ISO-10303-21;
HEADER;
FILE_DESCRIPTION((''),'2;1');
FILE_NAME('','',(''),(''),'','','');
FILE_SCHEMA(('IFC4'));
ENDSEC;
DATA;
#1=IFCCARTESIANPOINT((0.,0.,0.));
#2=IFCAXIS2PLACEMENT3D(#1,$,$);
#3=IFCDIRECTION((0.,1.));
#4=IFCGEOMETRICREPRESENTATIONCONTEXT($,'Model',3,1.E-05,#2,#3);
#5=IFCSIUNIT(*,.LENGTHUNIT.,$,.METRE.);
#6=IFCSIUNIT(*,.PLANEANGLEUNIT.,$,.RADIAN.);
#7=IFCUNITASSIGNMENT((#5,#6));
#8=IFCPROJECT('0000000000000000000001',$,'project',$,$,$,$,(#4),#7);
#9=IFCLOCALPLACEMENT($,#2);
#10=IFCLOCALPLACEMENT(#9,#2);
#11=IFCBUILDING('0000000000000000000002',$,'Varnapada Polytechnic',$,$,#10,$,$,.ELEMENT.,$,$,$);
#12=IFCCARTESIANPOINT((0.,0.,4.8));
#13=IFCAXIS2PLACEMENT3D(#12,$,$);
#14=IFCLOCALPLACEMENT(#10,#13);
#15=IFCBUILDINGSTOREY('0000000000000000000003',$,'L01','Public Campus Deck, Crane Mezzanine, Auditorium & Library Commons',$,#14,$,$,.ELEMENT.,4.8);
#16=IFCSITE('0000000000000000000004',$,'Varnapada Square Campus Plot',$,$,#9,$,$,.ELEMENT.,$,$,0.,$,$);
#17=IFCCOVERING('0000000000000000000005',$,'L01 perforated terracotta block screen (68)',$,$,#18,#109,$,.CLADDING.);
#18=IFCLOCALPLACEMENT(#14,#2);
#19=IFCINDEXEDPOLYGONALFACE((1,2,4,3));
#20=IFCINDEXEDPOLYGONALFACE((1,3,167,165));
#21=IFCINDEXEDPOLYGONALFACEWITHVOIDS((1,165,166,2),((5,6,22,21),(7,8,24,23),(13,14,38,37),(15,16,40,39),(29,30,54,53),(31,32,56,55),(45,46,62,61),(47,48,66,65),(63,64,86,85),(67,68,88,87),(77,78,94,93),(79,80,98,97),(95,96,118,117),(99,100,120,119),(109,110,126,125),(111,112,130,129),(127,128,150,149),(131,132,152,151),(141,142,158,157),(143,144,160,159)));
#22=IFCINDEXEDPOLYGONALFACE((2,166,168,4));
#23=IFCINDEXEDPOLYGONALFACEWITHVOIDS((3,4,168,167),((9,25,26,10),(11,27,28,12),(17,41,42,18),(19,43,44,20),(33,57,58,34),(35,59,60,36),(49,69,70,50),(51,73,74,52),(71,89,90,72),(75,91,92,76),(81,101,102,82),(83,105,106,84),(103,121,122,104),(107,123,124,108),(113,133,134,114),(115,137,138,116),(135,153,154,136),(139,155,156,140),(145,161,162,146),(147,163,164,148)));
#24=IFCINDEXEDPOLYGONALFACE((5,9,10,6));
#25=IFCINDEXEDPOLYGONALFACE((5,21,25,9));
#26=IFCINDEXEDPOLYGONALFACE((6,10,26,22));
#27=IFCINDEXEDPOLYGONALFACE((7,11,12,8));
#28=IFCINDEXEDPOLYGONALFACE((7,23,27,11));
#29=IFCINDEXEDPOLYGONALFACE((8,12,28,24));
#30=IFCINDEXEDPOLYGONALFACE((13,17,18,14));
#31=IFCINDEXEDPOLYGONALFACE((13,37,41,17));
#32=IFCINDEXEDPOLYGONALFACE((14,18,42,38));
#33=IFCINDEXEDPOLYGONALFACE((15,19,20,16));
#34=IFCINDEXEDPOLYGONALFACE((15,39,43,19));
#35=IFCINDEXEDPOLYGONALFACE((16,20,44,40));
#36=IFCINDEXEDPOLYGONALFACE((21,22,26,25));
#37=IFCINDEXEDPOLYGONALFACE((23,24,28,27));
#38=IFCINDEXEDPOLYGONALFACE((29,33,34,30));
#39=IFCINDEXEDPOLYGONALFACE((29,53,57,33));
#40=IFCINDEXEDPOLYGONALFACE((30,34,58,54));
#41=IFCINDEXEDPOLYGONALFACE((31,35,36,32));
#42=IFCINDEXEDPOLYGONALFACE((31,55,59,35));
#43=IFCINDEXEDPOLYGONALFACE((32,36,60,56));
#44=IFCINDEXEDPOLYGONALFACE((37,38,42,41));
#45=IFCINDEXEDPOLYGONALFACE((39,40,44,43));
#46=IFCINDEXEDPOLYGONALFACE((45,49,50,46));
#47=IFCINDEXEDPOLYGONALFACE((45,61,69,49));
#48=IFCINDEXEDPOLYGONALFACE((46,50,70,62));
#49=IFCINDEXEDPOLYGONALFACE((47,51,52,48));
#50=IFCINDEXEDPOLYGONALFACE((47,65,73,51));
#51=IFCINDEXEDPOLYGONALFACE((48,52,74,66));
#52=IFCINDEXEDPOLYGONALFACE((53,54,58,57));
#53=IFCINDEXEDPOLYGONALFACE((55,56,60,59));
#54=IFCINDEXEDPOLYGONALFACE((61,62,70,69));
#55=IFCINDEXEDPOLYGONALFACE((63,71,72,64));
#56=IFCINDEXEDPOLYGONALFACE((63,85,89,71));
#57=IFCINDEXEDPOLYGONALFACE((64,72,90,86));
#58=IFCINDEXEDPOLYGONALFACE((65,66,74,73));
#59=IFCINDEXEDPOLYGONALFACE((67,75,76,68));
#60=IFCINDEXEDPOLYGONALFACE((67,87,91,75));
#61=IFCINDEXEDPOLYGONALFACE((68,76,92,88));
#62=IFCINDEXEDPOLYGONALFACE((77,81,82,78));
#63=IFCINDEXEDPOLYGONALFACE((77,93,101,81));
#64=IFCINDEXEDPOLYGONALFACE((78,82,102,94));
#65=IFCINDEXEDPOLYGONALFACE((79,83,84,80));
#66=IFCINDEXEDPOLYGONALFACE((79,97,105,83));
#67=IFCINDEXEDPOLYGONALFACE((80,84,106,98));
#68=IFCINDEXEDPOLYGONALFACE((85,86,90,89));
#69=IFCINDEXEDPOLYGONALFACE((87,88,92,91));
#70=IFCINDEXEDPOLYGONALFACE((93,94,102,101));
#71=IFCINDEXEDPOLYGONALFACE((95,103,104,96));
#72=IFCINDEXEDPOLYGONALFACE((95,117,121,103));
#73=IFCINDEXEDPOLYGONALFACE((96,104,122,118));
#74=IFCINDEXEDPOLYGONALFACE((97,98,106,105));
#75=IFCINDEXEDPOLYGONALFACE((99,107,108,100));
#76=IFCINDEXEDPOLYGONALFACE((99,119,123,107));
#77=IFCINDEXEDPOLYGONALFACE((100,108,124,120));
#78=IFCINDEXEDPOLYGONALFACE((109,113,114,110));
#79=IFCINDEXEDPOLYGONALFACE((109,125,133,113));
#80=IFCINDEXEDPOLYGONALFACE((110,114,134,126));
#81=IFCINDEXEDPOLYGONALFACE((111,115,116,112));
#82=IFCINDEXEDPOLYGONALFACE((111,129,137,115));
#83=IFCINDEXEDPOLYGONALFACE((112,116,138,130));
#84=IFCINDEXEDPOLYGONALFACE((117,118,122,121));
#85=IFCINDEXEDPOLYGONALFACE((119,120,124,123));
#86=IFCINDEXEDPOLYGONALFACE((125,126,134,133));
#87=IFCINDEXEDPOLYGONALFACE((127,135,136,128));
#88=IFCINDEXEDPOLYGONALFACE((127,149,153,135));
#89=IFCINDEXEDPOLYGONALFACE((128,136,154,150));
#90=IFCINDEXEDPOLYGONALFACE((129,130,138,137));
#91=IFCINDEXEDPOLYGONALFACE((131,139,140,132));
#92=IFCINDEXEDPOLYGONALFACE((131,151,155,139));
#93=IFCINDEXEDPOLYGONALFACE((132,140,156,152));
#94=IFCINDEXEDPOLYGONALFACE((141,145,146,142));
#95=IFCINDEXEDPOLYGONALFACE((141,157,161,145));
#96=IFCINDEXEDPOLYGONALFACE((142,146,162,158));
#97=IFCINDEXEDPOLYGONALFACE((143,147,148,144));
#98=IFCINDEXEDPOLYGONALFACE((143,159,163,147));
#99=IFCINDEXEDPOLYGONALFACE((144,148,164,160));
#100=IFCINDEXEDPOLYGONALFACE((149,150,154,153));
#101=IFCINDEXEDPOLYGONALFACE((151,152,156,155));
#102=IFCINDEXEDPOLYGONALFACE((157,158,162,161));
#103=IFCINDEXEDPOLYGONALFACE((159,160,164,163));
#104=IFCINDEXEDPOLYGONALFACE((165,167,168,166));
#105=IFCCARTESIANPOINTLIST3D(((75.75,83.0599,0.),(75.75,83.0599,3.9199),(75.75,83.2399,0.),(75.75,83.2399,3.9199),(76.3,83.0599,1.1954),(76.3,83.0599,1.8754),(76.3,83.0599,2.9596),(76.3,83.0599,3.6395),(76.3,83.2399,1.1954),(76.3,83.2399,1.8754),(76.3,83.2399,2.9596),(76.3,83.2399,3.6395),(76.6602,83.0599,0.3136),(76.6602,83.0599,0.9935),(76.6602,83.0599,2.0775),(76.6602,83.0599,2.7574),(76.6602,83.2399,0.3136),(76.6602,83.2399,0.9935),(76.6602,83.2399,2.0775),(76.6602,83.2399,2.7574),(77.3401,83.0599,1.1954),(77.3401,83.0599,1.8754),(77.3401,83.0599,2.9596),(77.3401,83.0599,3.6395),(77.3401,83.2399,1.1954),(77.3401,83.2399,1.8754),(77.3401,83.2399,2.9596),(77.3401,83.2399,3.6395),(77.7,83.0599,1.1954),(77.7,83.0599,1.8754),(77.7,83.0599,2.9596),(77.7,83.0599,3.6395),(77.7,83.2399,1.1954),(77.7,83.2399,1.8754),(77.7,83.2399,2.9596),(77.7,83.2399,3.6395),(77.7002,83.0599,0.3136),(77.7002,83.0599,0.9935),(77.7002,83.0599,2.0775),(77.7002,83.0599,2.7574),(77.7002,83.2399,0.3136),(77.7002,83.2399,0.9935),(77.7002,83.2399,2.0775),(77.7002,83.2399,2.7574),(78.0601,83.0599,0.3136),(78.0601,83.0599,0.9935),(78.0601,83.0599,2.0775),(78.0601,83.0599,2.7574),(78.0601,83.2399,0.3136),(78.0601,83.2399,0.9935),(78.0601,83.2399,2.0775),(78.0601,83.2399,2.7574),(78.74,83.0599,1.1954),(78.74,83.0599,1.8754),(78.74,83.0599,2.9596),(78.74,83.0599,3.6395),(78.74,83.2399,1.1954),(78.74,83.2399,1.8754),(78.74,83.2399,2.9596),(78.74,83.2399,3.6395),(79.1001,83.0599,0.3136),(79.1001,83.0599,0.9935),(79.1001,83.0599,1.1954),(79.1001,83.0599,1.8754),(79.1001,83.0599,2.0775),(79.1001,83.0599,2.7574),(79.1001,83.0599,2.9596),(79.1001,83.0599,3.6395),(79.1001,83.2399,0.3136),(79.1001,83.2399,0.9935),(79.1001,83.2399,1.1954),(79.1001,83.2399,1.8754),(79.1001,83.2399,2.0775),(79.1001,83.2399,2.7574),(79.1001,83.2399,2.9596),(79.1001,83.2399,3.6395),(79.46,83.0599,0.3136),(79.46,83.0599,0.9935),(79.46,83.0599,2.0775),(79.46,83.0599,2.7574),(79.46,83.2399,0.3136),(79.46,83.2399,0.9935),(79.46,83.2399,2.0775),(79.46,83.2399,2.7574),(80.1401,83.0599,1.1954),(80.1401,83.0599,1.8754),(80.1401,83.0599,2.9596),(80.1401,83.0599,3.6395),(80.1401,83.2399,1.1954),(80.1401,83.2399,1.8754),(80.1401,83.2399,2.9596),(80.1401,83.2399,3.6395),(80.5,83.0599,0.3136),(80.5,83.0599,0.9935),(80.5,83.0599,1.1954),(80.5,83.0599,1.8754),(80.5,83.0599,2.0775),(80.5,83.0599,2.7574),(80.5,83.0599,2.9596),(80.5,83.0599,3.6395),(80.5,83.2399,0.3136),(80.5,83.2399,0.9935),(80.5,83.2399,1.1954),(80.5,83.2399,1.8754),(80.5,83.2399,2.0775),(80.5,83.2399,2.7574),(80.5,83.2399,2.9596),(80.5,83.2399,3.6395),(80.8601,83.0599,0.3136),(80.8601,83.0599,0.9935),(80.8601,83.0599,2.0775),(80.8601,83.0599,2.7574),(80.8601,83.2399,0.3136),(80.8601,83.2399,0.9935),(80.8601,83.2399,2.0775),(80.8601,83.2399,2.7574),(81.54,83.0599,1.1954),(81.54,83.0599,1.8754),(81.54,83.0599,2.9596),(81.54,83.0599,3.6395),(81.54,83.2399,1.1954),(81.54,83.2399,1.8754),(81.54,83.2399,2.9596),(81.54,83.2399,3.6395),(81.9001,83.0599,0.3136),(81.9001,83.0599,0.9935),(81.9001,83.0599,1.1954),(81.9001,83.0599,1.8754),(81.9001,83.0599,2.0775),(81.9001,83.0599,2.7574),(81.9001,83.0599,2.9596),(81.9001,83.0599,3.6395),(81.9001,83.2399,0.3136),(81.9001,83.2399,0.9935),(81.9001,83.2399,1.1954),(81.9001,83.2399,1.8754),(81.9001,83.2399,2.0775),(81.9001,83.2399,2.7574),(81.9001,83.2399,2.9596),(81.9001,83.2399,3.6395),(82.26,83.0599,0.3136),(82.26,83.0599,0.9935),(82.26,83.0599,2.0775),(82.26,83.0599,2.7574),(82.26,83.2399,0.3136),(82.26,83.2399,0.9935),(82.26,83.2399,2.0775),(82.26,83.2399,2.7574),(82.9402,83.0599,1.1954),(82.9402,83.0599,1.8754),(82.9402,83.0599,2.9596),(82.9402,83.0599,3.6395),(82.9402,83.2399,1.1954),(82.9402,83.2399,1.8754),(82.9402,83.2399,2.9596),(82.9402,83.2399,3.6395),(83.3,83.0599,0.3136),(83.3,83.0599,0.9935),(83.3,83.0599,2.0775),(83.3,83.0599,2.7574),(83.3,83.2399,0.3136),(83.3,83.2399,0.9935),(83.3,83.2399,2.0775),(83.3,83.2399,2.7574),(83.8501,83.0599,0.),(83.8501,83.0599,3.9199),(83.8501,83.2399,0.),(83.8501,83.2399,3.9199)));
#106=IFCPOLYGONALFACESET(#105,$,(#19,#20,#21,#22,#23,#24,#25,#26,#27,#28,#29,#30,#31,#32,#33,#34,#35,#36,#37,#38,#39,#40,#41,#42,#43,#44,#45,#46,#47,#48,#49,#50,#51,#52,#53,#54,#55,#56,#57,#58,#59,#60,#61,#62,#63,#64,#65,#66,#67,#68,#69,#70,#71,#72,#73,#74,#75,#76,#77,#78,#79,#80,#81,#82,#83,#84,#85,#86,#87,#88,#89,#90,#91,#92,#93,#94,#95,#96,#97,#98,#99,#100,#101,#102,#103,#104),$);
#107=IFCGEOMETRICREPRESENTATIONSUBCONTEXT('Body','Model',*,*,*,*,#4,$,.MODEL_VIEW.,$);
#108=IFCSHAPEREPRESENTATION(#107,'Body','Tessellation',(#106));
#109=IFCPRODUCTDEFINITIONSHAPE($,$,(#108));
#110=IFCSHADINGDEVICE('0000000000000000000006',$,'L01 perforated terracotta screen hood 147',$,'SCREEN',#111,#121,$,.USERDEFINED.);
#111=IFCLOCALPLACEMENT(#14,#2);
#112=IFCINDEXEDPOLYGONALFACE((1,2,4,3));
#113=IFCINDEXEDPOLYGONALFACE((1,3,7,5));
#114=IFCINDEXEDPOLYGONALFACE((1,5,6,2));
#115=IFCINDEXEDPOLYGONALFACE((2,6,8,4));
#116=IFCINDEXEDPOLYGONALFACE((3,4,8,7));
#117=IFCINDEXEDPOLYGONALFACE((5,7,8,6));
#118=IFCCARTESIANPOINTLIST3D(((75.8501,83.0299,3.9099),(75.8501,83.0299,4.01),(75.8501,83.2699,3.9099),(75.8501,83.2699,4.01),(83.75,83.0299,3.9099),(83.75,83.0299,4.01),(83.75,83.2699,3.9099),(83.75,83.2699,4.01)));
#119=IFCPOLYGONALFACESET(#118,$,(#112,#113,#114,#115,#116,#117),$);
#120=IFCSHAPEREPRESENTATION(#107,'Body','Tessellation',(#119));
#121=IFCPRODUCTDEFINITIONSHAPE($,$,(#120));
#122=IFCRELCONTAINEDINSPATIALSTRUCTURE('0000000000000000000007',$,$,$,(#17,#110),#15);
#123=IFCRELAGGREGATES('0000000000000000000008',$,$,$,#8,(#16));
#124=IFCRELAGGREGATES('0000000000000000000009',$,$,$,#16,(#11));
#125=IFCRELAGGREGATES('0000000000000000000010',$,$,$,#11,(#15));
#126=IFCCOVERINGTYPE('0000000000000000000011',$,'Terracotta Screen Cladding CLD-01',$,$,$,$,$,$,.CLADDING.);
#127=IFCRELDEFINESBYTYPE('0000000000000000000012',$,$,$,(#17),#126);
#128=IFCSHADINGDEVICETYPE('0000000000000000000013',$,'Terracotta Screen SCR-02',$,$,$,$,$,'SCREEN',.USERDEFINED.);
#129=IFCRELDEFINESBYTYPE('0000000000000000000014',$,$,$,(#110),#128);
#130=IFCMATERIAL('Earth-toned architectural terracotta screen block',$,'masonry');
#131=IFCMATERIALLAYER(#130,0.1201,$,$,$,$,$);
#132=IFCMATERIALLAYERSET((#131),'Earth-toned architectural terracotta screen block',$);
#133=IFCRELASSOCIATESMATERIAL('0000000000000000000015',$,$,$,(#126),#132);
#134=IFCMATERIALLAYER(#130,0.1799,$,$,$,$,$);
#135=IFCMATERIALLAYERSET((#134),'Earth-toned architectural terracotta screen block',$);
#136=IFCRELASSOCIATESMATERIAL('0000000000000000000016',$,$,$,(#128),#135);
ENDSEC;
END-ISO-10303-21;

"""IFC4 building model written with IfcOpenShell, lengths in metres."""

from ifc_helpers import new_model, si_unit, direction, frame, frame_2d, origin, origin_2d, place, context, subcontext, project, spatial, rectangle, extrude, material, layer, layer_set, type_object, element, save


model = new_model("IFC4")

# Units and contexts
model_context = context("Model", 3, precision=1e-05, world=origin(), true_north=direction((0.0, 1.0)))
body_context = subcontext(model_context, "Body", "Model", "MODEL_VIEW")
ifc_project = project(units=[si_unit("LENGTHUNIT", "METRE"), si_unit("PLANEANGLEUNIT", "RADIAN")], contexts=[model_context])

# Site, building, storey
site_placement = place(None, origin())
site = spatial("IfcSite", under=ifc_project, at=site_placement, Name="Varnapada Square Campus Plot", CompositionType="ELEMENT", RefElevation=0.0)
building_placement = place(site_placement, origin())
building = spatial("IfcBuilding", under=site, at=building_placement, Name="Varnapada Polytechnic", CompositionType="ELEMENT")
storey_placement = place(building_placement, frame((0.0, 0.0, 4.8)))
storey = spatial("IfcBuildingStorey", under=building, at=storey_placement, Name="L01", Description="Public Campus Deck, Crane Mezzanine, Auditorium & Library Commons", CompositionType="ELEMENT", Elevation=4.8)

# Covering, openings
ifc_material_1 = material(Name="Earth-toned architectural terracotta screen block", Category="masonry")
ifc_layer_1 = layer(ifc_material_1, 0.1201)
ifc_layer_set_1 = layer_set([ifc_layer_1], Name="Earth-toned architectural terracotta screen block")
covering_type = type_object("IfcCoveringType", Name="Terracotta Screen Cladding CLD-01", PredefinedType="CLADDING", material=ifc_layer_set_1)
covering_placement = place(storey_placement, frame((83.8501, 83.1499, 0.0), z_axis=(0.0, 0.0, 1.0), x_axis=(-1.0, 0.0, 0.0)))
covering = element("IfcCovering", 1, at=covering_placement, inside=storey, type_object=covering_type, Name="L01 perforated terracotta block screen (68)", PredefinedType="CLADDING", context=body_context, shape_type="SweptSolid", body=[
    extrude(rectangle(XDim=8.1001, YDim=0.1799, at=frame_2d((4.05, 0.0))), origin(), (0.0, 0.0, 1.0), 3.9199),
])
opening_1_placement = place(covering_placement, frame((0.55, 0.0, 0.3137)))
element("IfcOpeningElement", 2, at=opening_1_placement, cuts=covering, PredefinedType="OPENING", context=body_context, shape_type="SweptSolid", body=[
    extrude(rectangle(XDim=1.04, YDim=0.6799, at=frame_2d((0.52, 0.3398))), frame((0.0, 0.0999, 0.0), z_axis=(0.0, -1.0, 0.0), x_axis=(1.0, 0.0, 0.0)), (0.0, 0.0, 1.0), 0.2),
])
opening_2_placement = place(covering_placement, frame((1.95, 0.0, 0.3137)))
element("IfcOpeningElement", 3, at=opening_2_placement, cuts=covering, PredefinedType="OPENING", context=body_context, shape_type="SweptSolid", body=[
    extrude(rectangle(XDim=1.04, YDim=0.6799, at=frame_2d((0.52, 0.3398))), frame((0.0, 0.0999, 0.0), z_axis=(0.0, -1.0, 0.0), x_axis=(1.0, 0.0, 0.0)), (0.0, 0.0, 1.0), 0.2),
])
opening_3_placement = place(covering_placement, frame((3.3501, 0.0, 0.3137)))
element("IfcOpeningElement", 4, at=opening_3_placement, cuts=covering, PredefinedType="OPENING", context=body_context, shape_type="SweptSolid", body=[
    extrude(rectangle(XDim=1.04, YDim=0.6799, at=frame_2d((0.52, 0.3398))), frame((0.0, 0.0999, 0.0), z_axis=(0.0, -1.0, 0.0), x_axis=(1.0, 0.0, 0.0)), (0.0, 0.0, 1.0), 0.2),
])
opening_4_placement = place(covering_placement, frame((4.75, 0.0, 0.3137)))
element("IfcOpeningElement", 5, at=opening_4_placement, cuts=covering, PredefinedType="OPENING", context=body_context, shape_type="SweptSolid", body=[
    extrude(rectangle(XDim=1.04, YDim=0.6799, at=frame_2d((0.52, 0.3398))), frame((0.0, 0.0999, 0.0), z_axis=(0.0, -1.0, 0.0), x_axis=(1.0, 0.0, 0.0)), (0.0, 0.0, 1.0), 0.2),
])
opening_5_placement = place(covering_placement, frame((6.1499, 0.0, 0.3137)))
element("IfcOpeningElement", 6, at=opening_5_placement, cuts=covering, PredefinedType="OPENING", context=body_context, shape_type="SweptSolid", body=[
    extrude(rectangle(XDim=1.04, YDim=0.6799, at=frame_2d((0.52, 0.3398))), frame((0.0, 0.0999, 0.0), z_axis=(0.0, -1.0, 0.0), x_axis=(1.0, 0.0, 0.0)), (0.0, 0.0, 1.0), 0.2),
])
opening_6_placement = place(covering_placement, frame((0.9099, 0.0, 1.1956)))
element("IfcOpeningElement", 7, at=opening_6_placement, cuts=covering, PredefinedType="OPENING", context=body_context, shape_type="SweptSolid", body=[
    extrude(rectangle(XDim=1.04, YDim=0.6799, at=frame_2d((0.52, 0.3398))), frame((0.0, 0.0999, 0.0), z_axis=(0.0, -1.0, 0.0), x_axis=(1.0, 0.0, 0.0)), (0.0, 0.0, 1.0), 0.2),
])
opening_7_placement = place(covering_placement, frame((2.3101, 0.0, 1.1956)))
element("IfcOpeningElement", 8, at=opening_7_placement, cuts=covering, PredefinedType="OPENING", context=body_context, shape_type="SweptSolid", body=[
    extrude(rectangle(XDim=1.04, YDim=0.6799, at=frame_2d((0.52, 0.3398))), frame((0.0, 0.0999, 0.0), z_axis=(0.0, -1.0, 0.0), x_axis=(1.0, 0.0, 0.0)), (0.0, 0.0, 1.0), 0.2),
])
opening_8_placement = place(covering_placement, frame((3.71, 0.0, 1.1956)))
element("IfcOpeningElement", 9, at=opening_8_placement, cuts=covering, PredefinedType="OPENING", context=body_context, shape_type="SweptSolid", body=[
    extrude(rectangle(XDim=1.04, YDim=0.6799, at=frame_2d((0.52, 0.3398))), frame((0.0, 0.0999, 0.0), z_axis=(0.0, -1.0, 0.0), x_axis=(1.0, 0.0, 0.0)), (0.0, 0.0, 1.0), 0.2),
])
opening_9_placement = place(covering_placement, frame((5.1101, 0.0, 1.1956)))
element("IfcOpeningElement", 10, at=opening_9_placement, cuts=covering, PredefinedType="OPENING", context=body_context, shape_type="SweptSolid", body=[
    extrude(rectangle(XDim=1.04, YDim=0.6799, at=frame_2d((0.52, 0.3398))), frame((0.0, 0.0999, 0.0), z_axis=(0.0, -1.0, 0.0), x_axis=(1.0, 0.0, 0.0)), (0.0, 0.0, 1.0), 0.2),
])
opening_10_placement = place(covering_placement, frame((6.51, 0.0, 1.1956)))
element("IfcOpeningElement", 11, at=opening_10_placement, cuts=covering, PredefinedType="OPENING", context=body_context, shape_type="SweptSolid", body=[
    extrude(rectangle(XDim=1.04, YDim=0.6799, at=frame_2d((0.52, 0.3398))), frame((0.0, 0.0999, 0.0), z_axis=(0.0, -1.0, 0.0), x_axis=(1.0, 0.0, 0.0)), (0.0, 0.0, 1.0), 0.2),
])
opening_11_placement = place(covering_placement, frame((0.55, 0.0, 2.0776)))
element("IfcOpeningElement", 12, at=opening_11_placement, cuts=covering, PredefinedType="OPENING", context=body_context, shape_type="SweptSolid", body=[
    extrude(rectangle(XDim=1.04, YDim=0.6799, at=frame_2d((0.52, 0.3398))), frame((0.0, 0.0999, 0.0), z_axis=(0.0, -1.0, 0.0), x_axis=(1.0, 0.0, 0.0)), (0.0, 0.0, 1.0), 0.2),
])
opening_12_placement = place(covering_placement, frame((1.95, 0.0, 2.0776)))
element("IfcOpeningElement", 13, at=opening_12_placement, cuts=covering, PredefinedType="OPENING", context=body_context, shape_type="SweptSolid", body=[
    extrude(rectangle(XDim=1.04, YDim=0.6799, at=frame_2d((0.52, 0.3398))), frame((0.0, 0.0999, 0.0), z_axis=(0.0, -1.0, 0.0), x_axis=(1.0, 0.0, 0.0)), (0.0, 0.0, 1.0), 0.2),
])
opening_13_placement = place(covering_placement, frame((3.3501, 0.0, 2.0776)))
element("IfcOpeningElement", 14, at=opening_13_placement, cuts=covering, PredefinedType="OPENING", context=body_context, shape_type="SweptSolid", body=[
    extrude(rectangle(XDim=1.04, YDim=0.6799, at=frame_2d((0.52, 0.3398))), frame((0.0, 0.0999, 0.0), z_axis=(0.0, -1.0, 0.0), x_axis=(1.0, 0.0, 0.0)), (0.0, 0.0, 1.0), 0.2),
])
opening_14_placement = place(covering_placement, frame((4.75, 0.0, 2.0776)))
element("IfcOpeningElement", 15, at=opening_14_placement, cuts=covering, PredefinedType="OPENING", context=body_context, shape_type="SweptSolid", body=[
    extrude(rectangle(XDim=1.04, YDim=0.6799, at=frame_2d((0.52, 0.3398))), frame((0.0, 0.0999, 0.0), z_axis=(0.0, -1.0, 0.0), x_axis=(1.0, 0.0, 0.0)), (0.0, 0.0, 1.0), 0.2),
])
opening_15_placement = place(covering_placement, frame((6.1499, 0.0, 2.0776)))
element("IfcOpeningElement", 16, at=opening_15_placement, cuts=covering, PredefinedType="OPENING", context=body_context, shape_type="SweptSolid", body=[
    extrude(rectangle(XDim=1.04, YDim=0.6799, at=frame_2d((0.52, 0.3398))), frame((0.0, 0.0999, 0.0), z_axis=(0.0, -1.0, 0.0), x_axis=(1.0, 0.0, 0.0)), (0.0, 0.0, 1.0), 0.2),
])
opening_16_placement = place(covering_placement, frame((0.9099, 0.0, 2.9597)))
element("IfcOpeningElement", 17, at=opening_16_placement, cuts=covering, PredefinedType="OPENING", context=body_context, shape_type="SweptSolid", body=[
    extrude(rectangle(XDim=1.04, YDim=0.6799, at=frame_2d((0.52, 0.3398))), frame((0.0, 0.0999, 0.0), z_axis=(0.0, -1.0, 0.0), x_axis=(1.0, 0.0, 0.0)), (0.0, 0.0, 1.0), 0.2),
])
opening_17_placement = place(covering_placement, frame((2.3101, 0.0, 2.9597)))
element("IfcOpeningElement", 18, at=opening_17_placement, cuts=covering, PredefinedType="OPENING", context=body_context, shape_type="SweptSolid", body=[
    extrude(rectangle(XDim=1.04, YDim=0.6799, at=frame_2d((0.52, 0.3398))), frame((0.0, 0.0999, 0.0), z_axis=(0.0, -1.0, 0.0), x_axis=(1.0, 0.0, 0.0)), (0.0, 0.0, 1.0), 0.2),
])
opening_18_placement = place(covering_placement, frame((3.71, 0.0, 2.9597)))
element("IfcOpeningElement", 19, at=opening_18_placement, cuts=covering, PredefinedType="OPENING", context=body_context, shape_type="SweptSolid", body=[
    extrude(rectangle(XDim=1.04, YDim=0.6799, at=frame_2d((0.52, 0.3398))), frame((0.0, 0.0999, 0.0), z_axis=(0.0, -1.0, 0.0), x_axis=(1.0, 0.0, 0.0)), (0.0, 0.0, 1.0), 0.2),
])
opening_19_placement = place(covering_placement, frame((5.1101, 0.0, 2.9597)))
element("IfcOpeningElement", 20, at=opening_19_placement, cuts=covering, PredefinedType="OPENING", context=body_context, shape_type="SweptSolid", body=[
    extrude(rectangle(XDim=1.04, YDim=0.6799, at=frame_2d((0.52, 0.3398))), frame((0.0, 0.0999, 0.0), z_axis=(0.0, -1.0, 0.0), x_axis=(1.0, 0.0, 0.0)), (0.0, 0.0, 1.0), 0.2),
])
opening_20_placement = place(covering_placement, frame((6.51, 0.0, 2.9597)))
element("IfcOpeningElement", 21, at=opening_20_placement, cuts=covering, PredefinedType="OPENING", context=body_context, shape_type="SweptSolid", body=[
    extrude(rectangle(XDim=1.04, YDim=0.6799, at=frame_2d((0.52, 0.3398))), frame((0.0, 0.0999, 0.0), z_axis=(0.0, -1.0, 0.0), x_axis=(1.0, 0.0, 0.0)), (0.0, 0.0, 1.0), 0.2),
])

# Shading device
ifc_layer_2 = layer(ifc_material_1, 0.1799)
ifc_layer_set_2 = layer_set([ifc_layer_2], Name="Earth-toned architectural terracotta screen block")
shading_device_type = type_object("IfcShadingDeviceType", Name="Terracotta Screen SCR-02", ElementType="SCREEN", PredefinedType="USERDEFINED", material=ifc_layer_set_2)
shading_device_placement = place(storey_placement, frame((79.8, 83.1499, 3.9099), z_axis=(0.0, 0.0, 1.0), x_axis=(-1.0, 0.0, 0.0)))
element("IfcShadingDevice", 22, at=shading_device_placement, inside=storey, type_object=shading_device_type, Name="L01 perforated terracotta screen hood 147", ObjectType="SCREEN", PredefinedType="USERDEFINED", context=body_context, shape_type="SweptSolid", body=[
    extrude(rectangle(XDim=7.8999, YDim=0.24, at=origin_2d()), origin(), (0.0, 0.0, 1.0), 0.1001),
])

save(model, "model.ifc")
